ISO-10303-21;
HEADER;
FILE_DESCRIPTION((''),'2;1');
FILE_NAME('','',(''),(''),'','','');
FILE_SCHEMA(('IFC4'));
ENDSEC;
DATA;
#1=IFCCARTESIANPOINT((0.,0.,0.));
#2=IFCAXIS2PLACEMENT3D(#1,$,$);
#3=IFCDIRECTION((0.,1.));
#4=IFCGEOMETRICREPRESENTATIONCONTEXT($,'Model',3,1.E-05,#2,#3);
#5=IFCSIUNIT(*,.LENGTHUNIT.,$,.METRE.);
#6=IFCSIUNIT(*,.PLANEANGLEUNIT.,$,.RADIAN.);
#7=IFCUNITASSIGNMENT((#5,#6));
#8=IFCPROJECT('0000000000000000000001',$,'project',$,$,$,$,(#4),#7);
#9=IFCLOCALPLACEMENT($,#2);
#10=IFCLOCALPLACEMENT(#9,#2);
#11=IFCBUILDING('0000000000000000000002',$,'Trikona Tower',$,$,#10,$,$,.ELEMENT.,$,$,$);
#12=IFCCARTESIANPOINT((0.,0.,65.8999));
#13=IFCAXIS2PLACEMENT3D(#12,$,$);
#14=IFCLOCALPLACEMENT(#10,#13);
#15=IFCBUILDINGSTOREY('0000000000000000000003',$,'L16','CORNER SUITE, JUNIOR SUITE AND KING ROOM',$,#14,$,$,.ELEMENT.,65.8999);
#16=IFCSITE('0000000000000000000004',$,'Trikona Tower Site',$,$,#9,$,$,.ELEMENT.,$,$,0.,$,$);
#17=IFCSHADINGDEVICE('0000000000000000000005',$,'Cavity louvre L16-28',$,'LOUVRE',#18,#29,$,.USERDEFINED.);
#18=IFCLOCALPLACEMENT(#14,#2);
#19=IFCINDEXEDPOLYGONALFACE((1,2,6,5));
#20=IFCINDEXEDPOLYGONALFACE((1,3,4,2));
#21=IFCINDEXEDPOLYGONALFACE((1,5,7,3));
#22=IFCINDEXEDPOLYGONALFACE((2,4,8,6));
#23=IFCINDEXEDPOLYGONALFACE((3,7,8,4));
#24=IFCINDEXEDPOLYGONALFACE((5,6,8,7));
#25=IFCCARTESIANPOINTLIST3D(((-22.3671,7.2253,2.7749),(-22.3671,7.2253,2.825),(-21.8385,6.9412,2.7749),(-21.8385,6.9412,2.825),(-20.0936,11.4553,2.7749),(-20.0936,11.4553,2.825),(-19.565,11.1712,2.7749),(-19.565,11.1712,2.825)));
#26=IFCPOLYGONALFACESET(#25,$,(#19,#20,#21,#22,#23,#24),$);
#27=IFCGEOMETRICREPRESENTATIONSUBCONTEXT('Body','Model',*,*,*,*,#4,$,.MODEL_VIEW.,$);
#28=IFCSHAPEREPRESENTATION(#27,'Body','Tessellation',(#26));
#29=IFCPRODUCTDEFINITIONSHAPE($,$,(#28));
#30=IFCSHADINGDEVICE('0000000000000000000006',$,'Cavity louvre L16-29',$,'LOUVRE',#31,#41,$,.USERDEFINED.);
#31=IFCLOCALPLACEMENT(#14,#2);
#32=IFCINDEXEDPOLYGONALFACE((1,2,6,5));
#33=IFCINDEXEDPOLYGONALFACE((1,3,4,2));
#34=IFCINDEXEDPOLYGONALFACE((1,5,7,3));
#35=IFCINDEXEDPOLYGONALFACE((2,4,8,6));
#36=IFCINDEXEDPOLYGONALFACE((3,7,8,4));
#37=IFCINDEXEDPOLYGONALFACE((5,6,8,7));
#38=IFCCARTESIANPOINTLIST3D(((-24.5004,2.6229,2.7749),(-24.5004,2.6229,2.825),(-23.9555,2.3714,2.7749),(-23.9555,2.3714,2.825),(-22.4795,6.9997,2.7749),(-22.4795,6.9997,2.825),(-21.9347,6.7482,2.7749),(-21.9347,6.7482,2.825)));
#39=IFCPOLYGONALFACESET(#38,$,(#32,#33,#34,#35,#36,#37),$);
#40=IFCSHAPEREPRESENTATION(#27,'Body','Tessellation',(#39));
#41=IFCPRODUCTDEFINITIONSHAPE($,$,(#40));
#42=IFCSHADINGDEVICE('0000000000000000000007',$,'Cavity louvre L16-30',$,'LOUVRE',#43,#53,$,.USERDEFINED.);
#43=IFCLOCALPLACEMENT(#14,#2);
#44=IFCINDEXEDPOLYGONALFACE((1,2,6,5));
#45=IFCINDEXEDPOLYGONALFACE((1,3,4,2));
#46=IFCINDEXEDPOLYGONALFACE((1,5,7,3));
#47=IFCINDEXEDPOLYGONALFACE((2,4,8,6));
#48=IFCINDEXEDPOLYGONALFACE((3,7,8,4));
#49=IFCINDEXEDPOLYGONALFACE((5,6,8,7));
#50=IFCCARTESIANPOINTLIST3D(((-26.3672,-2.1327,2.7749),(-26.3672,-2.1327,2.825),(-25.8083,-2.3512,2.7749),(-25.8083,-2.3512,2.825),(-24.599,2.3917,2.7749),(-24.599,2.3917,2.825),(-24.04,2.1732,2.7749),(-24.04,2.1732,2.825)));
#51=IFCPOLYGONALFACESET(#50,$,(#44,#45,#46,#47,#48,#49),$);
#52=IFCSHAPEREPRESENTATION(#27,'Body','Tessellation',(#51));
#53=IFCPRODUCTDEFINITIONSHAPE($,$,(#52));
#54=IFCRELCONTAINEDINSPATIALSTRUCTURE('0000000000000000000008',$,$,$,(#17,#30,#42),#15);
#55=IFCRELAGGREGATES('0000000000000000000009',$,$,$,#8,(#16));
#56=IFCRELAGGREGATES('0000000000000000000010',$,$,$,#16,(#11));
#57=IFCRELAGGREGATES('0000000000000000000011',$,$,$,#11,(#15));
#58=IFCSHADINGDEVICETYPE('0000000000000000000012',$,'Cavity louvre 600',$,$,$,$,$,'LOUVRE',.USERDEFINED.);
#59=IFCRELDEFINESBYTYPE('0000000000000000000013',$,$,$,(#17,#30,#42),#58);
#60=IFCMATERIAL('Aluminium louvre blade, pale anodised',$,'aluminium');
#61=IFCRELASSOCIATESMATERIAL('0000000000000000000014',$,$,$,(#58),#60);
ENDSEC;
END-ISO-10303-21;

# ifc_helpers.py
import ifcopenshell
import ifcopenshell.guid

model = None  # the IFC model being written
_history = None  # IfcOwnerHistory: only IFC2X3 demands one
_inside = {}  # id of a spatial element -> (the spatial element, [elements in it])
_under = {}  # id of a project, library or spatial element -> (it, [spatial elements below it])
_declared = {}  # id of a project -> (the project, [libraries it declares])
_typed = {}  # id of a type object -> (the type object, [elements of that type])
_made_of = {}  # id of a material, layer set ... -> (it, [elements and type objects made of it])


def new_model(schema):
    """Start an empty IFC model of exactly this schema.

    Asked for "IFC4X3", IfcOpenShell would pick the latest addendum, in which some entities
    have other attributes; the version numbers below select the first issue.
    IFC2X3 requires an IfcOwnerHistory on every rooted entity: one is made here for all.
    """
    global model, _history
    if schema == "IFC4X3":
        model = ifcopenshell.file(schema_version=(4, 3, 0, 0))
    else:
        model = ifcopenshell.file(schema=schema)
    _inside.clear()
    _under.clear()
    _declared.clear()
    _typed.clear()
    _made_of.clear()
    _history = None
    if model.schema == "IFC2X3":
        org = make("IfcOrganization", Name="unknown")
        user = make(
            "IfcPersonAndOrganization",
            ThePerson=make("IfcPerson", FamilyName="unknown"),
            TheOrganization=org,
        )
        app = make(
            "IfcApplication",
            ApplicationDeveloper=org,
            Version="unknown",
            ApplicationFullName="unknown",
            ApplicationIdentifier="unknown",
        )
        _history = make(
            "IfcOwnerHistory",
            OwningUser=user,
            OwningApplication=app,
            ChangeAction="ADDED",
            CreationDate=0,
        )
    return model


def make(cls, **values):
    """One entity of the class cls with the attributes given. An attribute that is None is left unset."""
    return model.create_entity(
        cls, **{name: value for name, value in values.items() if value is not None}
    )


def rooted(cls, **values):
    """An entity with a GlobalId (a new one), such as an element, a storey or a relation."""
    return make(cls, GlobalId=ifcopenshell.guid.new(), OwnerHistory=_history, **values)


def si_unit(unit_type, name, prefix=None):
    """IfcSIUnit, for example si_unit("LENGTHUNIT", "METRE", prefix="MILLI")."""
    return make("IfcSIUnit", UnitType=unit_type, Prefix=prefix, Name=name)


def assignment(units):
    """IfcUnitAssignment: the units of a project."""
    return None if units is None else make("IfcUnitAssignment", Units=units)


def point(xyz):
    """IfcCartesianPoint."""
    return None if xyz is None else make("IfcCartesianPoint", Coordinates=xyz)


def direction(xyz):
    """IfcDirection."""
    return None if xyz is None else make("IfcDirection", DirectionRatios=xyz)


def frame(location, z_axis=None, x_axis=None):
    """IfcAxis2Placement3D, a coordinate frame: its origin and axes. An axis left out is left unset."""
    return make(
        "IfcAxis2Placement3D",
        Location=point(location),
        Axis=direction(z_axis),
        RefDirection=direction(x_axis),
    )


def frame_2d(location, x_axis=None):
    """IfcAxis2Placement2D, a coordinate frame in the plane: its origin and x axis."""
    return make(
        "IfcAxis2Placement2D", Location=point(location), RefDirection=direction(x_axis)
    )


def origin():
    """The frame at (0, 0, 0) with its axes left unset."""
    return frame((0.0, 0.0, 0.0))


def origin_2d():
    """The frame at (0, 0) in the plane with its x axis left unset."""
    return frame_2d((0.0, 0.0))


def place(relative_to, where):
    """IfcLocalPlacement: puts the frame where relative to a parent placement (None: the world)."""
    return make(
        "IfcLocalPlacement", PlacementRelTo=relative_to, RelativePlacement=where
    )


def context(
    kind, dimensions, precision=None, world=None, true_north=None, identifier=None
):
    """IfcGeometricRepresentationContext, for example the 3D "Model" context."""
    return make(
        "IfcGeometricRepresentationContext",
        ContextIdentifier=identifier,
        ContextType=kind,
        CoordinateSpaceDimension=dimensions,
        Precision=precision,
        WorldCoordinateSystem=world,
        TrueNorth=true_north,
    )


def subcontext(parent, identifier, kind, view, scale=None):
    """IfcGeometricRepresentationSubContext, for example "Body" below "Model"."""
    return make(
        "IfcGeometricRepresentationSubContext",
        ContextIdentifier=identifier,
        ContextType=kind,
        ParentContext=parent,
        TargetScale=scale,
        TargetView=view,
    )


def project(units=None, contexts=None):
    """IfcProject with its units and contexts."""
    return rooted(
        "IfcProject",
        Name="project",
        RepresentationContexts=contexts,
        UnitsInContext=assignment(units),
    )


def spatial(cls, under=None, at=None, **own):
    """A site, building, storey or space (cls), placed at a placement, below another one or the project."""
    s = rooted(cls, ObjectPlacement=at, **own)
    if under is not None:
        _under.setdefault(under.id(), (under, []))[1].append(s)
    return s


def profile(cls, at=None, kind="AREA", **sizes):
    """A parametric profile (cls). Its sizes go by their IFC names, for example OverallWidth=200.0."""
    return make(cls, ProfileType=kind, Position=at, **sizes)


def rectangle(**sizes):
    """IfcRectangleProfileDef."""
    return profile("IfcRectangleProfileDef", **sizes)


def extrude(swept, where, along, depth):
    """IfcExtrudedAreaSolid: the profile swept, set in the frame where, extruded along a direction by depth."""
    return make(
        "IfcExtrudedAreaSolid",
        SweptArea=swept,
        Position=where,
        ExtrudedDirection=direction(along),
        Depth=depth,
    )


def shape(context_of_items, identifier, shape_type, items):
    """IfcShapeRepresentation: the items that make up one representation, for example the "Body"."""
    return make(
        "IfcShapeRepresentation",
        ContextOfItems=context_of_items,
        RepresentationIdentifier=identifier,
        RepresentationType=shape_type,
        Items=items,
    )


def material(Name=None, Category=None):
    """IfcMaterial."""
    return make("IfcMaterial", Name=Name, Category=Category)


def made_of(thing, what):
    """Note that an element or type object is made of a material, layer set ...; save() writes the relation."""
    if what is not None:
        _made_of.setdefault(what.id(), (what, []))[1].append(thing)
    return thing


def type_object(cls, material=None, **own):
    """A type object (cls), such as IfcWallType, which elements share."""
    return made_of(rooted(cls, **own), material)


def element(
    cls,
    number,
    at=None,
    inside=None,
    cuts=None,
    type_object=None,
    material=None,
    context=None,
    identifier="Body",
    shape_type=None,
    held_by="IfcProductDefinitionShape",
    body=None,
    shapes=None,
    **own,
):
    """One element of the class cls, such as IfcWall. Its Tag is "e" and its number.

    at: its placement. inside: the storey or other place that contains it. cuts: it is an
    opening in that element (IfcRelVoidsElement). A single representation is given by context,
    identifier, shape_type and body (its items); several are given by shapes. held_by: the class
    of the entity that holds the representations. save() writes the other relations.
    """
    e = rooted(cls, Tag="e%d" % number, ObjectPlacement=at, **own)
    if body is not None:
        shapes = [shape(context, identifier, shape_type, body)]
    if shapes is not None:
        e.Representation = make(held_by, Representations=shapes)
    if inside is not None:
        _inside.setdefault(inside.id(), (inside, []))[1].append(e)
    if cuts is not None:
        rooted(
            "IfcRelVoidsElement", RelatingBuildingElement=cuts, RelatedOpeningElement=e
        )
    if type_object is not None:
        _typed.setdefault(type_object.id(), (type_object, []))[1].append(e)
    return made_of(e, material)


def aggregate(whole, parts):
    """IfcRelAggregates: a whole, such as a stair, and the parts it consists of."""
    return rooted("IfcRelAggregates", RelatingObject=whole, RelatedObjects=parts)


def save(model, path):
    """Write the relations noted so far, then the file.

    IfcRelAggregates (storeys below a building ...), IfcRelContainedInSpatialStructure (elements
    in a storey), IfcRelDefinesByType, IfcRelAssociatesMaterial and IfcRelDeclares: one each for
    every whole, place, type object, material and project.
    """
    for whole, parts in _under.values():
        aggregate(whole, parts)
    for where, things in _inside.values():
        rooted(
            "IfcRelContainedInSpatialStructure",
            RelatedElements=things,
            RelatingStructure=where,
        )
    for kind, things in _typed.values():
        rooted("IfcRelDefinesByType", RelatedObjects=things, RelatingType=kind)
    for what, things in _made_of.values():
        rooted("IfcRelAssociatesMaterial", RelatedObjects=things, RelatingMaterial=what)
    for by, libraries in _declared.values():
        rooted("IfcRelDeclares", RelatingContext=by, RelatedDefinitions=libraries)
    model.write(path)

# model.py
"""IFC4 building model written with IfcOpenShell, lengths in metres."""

from ifc_helpers import new_model, si_unit, direction, frame, origin, origin_2d, place, context, subcontext, project, spatial, rectangle, extrude, material, type_object, element, save


model = new_model("IFC4")

# Units and contexts
model_context = context("Model", 3, precision=1e-05, world=origin(), true_north=direction((0.0, 1.0)))
body_context = subcontext(model_context, "Body", "Model", "MODEL_VIEW")
ifc_project = project(units=[si_unit("LENGTHUNIT", "METRE"), si_unit("PLANEANGLEUNIT", "RADIAN")], contexts=[model_context])

# Site, building, storey
site_placement = place(None, origin())
site = spatial("IfcSite", under=ifc_project, at=site_placement, Name="Trikona Tower Site", CompositionType="ELEMENT", RefElevation=0.0)
building_placement = place(site_placement, origin())
building = spatial("IfcBuilding", under=site, at=building_placement, Name="Trikona Tower", CompositionType="ELEMENT")
storey_placement = place(building_placement, frame((0.0, 0.0, 65.8999)))
storey = spatial("IfcBuildingStorey", under=building, at=storey_placement, Name="L16", Description="CORNER SUITE, JUNIOR SUITE AND KING ROOM", CompositionType="ELEMENT", Elevation=65.8999)

# Shading devices
ifc_material_1 = material(Name="Aluminium louvre blade, pale anodised", Category="aluminium")
shading_device_type = type_object("IfcShadingDeviceType", Name="Cavity louvre 600", ElementType="LOUVRE", PredefinedType="USERDEFINED", material=ifc_material_1)
shading_device_1_placement = place(storey_placement, frame((-20.9661, 9.1982, 2.7749), z_axis=(0.0, 0.0, 1.0), x_axis=(-0.473423, -0.880835, 0.0)))
element("IfcShadingDevice", 1, at=shading_device_1_placement, inside=storey, type_object=shading_device_type, Name="Cavity louvre L16-28", ObjectType="LOUVRE", PredefinedType="USERDEFINED", context=body_context, shape_type="SweptSolid", body=[
    extrude(rectangle(XDim=4.8022, YDim=0.6001, at=origin_2d()), origin(), (0.0, 0.0, 1.0), 0.05),
])
shading_device_2_placement = place(storey_placement, frame((-23.2175, 4.6855, 2.7749), z_axis=(0.0, 0.0, 1.0), x_axis=(-0.419194, -0.907897, 0.0)))
element("IfcShadingDevice", 2, at=shading_device_2_placement, inside=storey, type_object=shading_device_type, Name="Cavity louvre L16-29", ObjectType="LOUVRE", PredefinedType="USERDEFINED", context=body_context, shape_type="SweptSolid", body=[
    extrude(rectangle(XDim=4.8208, YDim=0.6001, at=origin_2d()), origin(), (0.0, 0.0, 1.0), 0.05),
])
shading_device_3_placement = place(storey_placement, frame((-25.2036, 0.0203, 2.7749), z_axis=(0.0, 0.0, 1.0), x_axis=(-0.364009, -0.931395, 0.0)))
element("IfcShadingDevice", 3, at=shading_device_3_placement, inside=storey, type_object=shading_device_type, Name="Cavity louvre L16-30", ObjectType="LOUVRE", PredefinedType="USERDEFINED", context=body_context, shape_type="SweptSolid", body=[
    extrude(rectangle(XDim=4.8577, YDim=0.6001, at=origin_2d()), origin(), (0.0, 0.0, 1.0), 0.05),
])

save(model, "model.ifc")
